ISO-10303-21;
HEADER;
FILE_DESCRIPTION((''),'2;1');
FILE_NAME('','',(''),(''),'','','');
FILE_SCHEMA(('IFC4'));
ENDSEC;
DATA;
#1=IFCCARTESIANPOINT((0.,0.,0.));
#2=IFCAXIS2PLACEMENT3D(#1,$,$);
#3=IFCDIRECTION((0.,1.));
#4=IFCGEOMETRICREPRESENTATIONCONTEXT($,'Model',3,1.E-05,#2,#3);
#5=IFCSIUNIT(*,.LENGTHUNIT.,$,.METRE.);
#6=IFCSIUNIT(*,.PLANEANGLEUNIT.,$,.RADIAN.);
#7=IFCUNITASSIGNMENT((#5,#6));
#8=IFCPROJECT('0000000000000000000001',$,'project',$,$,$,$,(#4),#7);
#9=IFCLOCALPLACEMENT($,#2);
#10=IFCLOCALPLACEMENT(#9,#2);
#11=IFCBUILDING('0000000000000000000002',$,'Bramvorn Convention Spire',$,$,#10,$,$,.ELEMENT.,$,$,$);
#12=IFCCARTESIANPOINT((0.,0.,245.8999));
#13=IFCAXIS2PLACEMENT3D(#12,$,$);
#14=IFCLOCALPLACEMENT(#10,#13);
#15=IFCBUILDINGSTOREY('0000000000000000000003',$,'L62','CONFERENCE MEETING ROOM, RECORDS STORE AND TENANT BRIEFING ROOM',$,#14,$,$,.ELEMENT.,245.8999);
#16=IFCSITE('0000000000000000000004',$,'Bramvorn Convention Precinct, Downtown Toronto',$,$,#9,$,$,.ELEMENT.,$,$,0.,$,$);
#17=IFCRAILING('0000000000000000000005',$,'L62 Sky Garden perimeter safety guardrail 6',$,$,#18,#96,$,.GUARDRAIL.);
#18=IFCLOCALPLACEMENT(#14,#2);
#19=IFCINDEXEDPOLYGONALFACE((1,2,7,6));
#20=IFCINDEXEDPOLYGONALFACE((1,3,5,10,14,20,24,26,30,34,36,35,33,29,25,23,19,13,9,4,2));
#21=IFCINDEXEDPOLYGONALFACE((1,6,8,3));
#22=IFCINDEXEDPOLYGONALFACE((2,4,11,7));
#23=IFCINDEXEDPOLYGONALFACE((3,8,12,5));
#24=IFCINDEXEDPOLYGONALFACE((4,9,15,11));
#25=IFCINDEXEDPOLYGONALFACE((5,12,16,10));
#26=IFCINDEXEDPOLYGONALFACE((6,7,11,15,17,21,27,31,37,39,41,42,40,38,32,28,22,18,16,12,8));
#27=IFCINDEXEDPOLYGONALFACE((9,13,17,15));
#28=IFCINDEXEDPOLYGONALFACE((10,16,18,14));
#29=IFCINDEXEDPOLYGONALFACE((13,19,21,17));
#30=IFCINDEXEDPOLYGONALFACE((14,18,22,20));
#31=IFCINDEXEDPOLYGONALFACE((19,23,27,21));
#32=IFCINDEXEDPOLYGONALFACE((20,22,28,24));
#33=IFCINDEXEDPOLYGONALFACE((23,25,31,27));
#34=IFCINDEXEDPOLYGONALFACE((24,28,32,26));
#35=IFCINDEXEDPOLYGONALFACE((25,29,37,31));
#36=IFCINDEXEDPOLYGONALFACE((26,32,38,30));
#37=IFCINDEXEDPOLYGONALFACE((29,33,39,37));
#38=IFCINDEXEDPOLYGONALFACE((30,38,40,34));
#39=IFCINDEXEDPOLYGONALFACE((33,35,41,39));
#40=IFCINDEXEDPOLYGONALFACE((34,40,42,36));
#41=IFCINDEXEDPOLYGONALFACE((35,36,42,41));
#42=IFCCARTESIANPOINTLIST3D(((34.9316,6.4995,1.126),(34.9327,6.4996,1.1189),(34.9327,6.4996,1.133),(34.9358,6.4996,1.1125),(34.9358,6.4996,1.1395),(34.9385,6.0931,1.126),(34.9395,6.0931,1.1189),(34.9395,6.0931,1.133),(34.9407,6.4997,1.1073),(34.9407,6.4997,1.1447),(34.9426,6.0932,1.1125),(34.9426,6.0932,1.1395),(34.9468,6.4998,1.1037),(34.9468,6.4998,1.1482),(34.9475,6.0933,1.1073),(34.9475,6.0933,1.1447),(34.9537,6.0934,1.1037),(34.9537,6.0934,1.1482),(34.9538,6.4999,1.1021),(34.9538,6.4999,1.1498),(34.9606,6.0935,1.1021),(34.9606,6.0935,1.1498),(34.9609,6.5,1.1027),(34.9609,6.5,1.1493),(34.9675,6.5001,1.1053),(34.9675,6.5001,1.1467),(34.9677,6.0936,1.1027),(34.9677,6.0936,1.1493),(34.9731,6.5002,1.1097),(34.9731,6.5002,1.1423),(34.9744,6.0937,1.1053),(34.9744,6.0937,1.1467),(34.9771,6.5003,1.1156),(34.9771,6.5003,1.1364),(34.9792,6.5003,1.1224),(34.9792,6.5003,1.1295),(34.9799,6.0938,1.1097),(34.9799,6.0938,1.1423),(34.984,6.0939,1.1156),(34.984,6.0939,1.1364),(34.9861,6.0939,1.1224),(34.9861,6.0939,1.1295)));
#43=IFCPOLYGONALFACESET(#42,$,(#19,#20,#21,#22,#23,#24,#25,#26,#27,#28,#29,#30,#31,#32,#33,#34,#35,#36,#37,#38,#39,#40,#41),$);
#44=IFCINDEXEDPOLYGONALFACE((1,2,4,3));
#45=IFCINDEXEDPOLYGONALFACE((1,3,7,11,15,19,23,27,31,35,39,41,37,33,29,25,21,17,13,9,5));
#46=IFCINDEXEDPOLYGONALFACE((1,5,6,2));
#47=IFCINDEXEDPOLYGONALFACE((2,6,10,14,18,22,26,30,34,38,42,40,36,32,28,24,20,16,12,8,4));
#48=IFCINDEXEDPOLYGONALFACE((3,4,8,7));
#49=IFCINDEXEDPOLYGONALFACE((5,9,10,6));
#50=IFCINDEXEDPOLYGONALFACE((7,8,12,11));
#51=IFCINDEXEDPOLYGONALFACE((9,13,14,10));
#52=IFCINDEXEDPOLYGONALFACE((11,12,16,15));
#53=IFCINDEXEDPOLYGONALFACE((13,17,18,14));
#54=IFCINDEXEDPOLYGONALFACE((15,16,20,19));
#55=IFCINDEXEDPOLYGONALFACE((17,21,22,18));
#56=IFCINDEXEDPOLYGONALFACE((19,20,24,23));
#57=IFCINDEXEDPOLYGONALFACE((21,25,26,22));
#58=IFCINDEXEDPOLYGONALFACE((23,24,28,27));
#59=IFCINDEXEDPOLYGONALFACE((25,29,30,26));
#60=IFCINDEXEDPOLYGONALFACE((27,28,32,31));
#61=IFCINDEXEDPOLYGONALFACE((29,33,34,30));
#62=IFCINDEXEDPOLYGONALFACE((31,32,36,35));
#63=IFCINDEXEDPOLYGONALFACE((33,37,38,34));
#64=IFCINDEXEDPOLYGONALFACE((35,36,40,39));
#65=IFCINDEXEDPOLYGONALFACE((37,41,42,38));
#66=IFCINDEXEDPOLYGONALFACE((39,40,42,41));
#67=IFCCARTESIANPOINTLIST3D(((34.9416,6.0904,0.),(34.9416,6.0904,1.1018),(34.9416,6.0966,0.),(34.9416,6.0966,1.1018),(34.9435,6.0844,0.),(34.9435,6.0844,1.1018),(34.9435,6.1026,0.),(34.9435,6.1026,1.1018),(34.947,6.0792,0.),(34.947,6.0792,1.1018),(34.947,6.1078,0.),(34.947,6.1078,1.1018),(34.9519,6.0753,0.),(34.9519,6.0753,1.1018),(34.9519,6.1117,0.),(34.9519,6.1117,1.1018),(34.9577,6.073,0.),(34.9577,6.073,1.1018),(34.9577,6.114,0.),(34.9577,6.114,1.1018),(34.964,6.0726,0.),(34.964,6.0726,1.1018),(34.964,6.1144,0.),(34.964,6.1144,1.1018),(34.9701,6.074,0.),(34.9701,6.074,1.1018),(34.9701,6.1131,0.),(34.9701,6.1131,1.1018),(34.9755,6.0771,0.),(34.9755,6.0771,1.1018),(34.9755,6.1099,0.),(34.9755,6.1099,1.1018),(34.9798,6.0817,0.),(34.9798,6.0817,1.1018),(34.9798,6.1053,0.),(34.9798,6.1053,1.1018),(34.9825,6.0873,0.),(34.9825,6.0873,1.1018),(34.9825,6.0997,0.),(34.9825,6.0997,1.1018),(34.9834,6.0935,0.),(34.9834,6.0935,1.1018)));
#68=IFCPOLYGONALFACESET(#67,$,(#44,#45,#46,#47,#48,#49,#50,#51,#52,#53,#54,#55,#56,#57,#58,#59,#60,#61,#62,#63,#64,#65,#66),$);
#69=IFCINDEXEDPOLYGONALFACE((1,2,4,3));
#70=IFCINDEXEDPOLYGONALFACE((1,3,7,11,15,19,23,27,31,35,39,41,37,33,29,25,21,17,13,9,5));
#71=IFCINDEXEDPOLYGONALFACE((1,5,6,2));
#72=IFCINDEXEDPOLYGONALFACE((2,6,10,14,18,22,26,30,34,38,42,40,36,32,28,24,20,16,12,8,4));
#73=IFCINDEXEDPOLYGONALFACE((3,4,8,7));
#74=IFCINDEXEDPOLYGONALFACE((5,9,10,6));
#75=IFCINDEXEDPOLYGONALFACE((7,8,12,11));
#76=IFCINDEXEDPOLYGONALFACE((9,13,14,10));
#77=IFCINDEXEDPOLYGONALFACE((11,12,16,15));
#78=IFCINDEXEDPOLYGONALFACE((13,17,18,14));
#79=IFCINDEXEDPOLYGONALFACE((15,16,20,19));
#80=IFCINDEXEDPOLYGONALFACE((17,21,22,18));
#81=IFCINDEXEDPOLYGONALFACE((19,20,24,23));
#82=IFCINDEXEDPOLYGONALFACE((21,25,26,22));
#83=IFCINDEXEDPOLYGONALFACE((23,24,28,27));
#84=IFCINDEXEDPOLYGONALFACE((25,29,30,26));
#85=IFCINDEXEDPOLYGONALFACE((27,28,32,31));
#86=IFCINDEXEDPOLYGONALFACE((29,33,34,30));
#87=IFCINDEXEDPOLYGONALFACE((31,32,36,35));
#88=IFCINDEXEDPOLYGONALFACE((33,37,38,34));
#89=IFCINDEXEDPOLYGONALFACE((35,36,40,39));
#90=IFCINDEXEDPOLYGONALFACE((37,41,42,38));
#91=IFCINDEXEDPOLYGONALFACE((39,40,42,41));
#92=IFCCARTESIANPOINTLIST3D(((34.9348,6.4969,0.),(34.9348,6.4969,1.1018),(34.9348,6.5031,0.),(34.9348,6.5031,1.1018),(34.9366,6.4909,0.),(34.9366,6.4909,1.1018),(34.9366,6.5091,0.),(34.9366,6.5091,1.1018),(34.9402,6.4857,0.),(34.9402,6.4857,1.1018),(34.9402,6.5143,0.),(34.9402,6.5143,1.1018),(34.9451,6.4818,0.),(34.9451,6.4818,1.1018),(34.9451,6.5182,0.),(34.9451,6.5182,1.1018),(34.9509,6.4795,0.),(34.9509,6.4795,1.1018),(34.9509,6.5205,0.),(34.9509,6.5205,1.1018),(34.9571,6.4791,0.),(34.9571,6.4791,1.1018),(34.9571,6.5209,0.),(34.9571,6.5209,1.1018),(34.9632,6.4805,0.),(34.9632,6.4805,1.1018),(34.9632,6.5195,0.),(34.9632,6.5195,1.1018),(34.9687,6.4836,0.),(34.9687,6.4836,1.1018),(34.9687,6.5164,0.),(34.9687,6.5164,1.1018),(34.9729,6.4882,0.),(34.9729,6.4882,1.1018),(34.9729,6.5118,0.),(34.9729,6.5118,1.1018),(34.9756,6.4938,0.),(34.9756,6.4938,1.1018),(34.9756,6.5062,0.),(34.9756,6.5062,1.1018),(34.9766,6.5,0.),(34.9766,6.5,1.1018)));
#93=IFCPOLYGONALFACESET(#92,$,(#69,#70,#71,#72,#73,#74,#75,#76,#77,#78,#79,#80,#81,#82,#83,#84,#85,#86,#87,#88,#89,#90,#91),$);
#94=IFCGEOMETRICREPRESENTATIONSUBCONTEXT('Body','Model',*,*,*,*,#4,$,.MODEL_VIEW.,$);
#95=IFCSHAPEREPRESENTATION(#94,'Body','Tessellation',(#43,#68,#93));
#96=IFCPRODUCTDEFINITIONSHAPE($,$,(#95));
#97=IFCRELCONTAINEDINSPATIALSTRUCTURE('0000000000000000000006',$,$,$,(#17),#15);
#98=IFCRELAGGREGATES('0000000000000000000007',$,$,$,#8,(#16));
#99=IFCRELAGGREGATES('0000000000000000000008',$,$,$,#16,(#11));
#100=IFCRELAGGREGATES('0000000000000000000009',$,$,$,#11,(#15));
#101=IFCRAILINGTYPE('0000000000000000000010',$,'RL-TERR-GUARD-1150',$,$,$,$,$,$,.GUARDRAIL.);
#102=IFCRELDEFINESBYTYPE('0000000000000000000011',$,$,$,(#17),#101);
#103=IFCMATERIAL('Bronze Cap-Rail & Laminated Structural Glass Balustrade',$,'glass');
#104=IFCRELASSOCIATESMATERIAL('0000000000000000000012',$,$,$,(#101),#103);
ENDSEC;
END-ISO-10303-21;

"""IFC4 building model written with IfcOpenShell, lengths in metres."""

from ifc_helpers import new_model, si_unit, direction, frame, origin, origin_2d, place, context, subcontext, project, spatial, circle, extrude, material, type_object, element, save


model = new_model("IFC4")

# Units and contexts
model_context = context("Model", 3, precision=1e-05, world=origin(), true_north=direction((0.0, 1.0)))
body_context = subcontext(model_context, "Body", "Model", "MODEL_VIEW")
ifc_project = project(units=[si_unit("LENGTHUNIT", "METRE"), si_unit("PLANEANGLEUNIT", "RADIAN")], contexts=[model_context])

# Site, building, storey
site_placement = place(None, origin())
site = spatial("IfcSite", under=ifc_project, at=site_placement, Name="Bramvorn Convention Precinct, Downtown Toronto", CompositionType="ELEMENT", RefElevation=0.0)
building_placement = place(site_placement, origin())
building = spatial("IfcBuilding", under=site, at=building_placement, Name="Bramvorn Convention Spire", CompositionType="ELEMENT")
storey_placement = place(building_placement, frame((0.0, 0.0, 245.8999)))
storey = spatial("IfcBuildingStorey", under=building, at=storey_placement, Name="L62", Description="CONFERENCE MEETING ROOM, RECORDS STORE AND TENANT BRIEFING ROOM", CompositionType="ELEMENT", Elevation=245.8999)

# Railing
ifc_material_1 = material(Name="Bronze Cap-Rail & Laminated Structural Glass Balustrade", Category="glass")
railing_type_1 = type_object("IfcRailingType", Name="RL-TERR-GUARD-1150", PredefinedType="GUARDRAIL", material=ifc_material_1)
railing_1_placement = place(storey_placement, frame((34.9624, 6.0935, 0.0)))
element("IfcRailing", 1, at=railing_1_placement, inside=storey, type_object=railing_type_1, Name="L62 Sky Garden perimeter safety guardrail 6", PredefinedType="GUARDRAIL", context=body_context, shape_type="SweptSolid", body=[
    extrude(circle(Radius=0.0239, at=origin_2d()), frame((0.0, 0.0, 1.126), z_axis=(-0.016814, 0.999859, 0.0), x_axis=(-0.999859, -0.016814, 0.0)), (0.0, 0.0, 1.0), 0.4065),
    extrude(circle(Radius=0.021, at=origin_2d()), origin(), (0.0, 0.0, 1.0), 1.1018),
    extrude(circle(Radius=0.021, at=origin_2d()), frame((-0.0068, 0.4065, 0.0)), (0.0, 0.0, 1.0), 1.1018),
])

save(model, "model.ifc")
